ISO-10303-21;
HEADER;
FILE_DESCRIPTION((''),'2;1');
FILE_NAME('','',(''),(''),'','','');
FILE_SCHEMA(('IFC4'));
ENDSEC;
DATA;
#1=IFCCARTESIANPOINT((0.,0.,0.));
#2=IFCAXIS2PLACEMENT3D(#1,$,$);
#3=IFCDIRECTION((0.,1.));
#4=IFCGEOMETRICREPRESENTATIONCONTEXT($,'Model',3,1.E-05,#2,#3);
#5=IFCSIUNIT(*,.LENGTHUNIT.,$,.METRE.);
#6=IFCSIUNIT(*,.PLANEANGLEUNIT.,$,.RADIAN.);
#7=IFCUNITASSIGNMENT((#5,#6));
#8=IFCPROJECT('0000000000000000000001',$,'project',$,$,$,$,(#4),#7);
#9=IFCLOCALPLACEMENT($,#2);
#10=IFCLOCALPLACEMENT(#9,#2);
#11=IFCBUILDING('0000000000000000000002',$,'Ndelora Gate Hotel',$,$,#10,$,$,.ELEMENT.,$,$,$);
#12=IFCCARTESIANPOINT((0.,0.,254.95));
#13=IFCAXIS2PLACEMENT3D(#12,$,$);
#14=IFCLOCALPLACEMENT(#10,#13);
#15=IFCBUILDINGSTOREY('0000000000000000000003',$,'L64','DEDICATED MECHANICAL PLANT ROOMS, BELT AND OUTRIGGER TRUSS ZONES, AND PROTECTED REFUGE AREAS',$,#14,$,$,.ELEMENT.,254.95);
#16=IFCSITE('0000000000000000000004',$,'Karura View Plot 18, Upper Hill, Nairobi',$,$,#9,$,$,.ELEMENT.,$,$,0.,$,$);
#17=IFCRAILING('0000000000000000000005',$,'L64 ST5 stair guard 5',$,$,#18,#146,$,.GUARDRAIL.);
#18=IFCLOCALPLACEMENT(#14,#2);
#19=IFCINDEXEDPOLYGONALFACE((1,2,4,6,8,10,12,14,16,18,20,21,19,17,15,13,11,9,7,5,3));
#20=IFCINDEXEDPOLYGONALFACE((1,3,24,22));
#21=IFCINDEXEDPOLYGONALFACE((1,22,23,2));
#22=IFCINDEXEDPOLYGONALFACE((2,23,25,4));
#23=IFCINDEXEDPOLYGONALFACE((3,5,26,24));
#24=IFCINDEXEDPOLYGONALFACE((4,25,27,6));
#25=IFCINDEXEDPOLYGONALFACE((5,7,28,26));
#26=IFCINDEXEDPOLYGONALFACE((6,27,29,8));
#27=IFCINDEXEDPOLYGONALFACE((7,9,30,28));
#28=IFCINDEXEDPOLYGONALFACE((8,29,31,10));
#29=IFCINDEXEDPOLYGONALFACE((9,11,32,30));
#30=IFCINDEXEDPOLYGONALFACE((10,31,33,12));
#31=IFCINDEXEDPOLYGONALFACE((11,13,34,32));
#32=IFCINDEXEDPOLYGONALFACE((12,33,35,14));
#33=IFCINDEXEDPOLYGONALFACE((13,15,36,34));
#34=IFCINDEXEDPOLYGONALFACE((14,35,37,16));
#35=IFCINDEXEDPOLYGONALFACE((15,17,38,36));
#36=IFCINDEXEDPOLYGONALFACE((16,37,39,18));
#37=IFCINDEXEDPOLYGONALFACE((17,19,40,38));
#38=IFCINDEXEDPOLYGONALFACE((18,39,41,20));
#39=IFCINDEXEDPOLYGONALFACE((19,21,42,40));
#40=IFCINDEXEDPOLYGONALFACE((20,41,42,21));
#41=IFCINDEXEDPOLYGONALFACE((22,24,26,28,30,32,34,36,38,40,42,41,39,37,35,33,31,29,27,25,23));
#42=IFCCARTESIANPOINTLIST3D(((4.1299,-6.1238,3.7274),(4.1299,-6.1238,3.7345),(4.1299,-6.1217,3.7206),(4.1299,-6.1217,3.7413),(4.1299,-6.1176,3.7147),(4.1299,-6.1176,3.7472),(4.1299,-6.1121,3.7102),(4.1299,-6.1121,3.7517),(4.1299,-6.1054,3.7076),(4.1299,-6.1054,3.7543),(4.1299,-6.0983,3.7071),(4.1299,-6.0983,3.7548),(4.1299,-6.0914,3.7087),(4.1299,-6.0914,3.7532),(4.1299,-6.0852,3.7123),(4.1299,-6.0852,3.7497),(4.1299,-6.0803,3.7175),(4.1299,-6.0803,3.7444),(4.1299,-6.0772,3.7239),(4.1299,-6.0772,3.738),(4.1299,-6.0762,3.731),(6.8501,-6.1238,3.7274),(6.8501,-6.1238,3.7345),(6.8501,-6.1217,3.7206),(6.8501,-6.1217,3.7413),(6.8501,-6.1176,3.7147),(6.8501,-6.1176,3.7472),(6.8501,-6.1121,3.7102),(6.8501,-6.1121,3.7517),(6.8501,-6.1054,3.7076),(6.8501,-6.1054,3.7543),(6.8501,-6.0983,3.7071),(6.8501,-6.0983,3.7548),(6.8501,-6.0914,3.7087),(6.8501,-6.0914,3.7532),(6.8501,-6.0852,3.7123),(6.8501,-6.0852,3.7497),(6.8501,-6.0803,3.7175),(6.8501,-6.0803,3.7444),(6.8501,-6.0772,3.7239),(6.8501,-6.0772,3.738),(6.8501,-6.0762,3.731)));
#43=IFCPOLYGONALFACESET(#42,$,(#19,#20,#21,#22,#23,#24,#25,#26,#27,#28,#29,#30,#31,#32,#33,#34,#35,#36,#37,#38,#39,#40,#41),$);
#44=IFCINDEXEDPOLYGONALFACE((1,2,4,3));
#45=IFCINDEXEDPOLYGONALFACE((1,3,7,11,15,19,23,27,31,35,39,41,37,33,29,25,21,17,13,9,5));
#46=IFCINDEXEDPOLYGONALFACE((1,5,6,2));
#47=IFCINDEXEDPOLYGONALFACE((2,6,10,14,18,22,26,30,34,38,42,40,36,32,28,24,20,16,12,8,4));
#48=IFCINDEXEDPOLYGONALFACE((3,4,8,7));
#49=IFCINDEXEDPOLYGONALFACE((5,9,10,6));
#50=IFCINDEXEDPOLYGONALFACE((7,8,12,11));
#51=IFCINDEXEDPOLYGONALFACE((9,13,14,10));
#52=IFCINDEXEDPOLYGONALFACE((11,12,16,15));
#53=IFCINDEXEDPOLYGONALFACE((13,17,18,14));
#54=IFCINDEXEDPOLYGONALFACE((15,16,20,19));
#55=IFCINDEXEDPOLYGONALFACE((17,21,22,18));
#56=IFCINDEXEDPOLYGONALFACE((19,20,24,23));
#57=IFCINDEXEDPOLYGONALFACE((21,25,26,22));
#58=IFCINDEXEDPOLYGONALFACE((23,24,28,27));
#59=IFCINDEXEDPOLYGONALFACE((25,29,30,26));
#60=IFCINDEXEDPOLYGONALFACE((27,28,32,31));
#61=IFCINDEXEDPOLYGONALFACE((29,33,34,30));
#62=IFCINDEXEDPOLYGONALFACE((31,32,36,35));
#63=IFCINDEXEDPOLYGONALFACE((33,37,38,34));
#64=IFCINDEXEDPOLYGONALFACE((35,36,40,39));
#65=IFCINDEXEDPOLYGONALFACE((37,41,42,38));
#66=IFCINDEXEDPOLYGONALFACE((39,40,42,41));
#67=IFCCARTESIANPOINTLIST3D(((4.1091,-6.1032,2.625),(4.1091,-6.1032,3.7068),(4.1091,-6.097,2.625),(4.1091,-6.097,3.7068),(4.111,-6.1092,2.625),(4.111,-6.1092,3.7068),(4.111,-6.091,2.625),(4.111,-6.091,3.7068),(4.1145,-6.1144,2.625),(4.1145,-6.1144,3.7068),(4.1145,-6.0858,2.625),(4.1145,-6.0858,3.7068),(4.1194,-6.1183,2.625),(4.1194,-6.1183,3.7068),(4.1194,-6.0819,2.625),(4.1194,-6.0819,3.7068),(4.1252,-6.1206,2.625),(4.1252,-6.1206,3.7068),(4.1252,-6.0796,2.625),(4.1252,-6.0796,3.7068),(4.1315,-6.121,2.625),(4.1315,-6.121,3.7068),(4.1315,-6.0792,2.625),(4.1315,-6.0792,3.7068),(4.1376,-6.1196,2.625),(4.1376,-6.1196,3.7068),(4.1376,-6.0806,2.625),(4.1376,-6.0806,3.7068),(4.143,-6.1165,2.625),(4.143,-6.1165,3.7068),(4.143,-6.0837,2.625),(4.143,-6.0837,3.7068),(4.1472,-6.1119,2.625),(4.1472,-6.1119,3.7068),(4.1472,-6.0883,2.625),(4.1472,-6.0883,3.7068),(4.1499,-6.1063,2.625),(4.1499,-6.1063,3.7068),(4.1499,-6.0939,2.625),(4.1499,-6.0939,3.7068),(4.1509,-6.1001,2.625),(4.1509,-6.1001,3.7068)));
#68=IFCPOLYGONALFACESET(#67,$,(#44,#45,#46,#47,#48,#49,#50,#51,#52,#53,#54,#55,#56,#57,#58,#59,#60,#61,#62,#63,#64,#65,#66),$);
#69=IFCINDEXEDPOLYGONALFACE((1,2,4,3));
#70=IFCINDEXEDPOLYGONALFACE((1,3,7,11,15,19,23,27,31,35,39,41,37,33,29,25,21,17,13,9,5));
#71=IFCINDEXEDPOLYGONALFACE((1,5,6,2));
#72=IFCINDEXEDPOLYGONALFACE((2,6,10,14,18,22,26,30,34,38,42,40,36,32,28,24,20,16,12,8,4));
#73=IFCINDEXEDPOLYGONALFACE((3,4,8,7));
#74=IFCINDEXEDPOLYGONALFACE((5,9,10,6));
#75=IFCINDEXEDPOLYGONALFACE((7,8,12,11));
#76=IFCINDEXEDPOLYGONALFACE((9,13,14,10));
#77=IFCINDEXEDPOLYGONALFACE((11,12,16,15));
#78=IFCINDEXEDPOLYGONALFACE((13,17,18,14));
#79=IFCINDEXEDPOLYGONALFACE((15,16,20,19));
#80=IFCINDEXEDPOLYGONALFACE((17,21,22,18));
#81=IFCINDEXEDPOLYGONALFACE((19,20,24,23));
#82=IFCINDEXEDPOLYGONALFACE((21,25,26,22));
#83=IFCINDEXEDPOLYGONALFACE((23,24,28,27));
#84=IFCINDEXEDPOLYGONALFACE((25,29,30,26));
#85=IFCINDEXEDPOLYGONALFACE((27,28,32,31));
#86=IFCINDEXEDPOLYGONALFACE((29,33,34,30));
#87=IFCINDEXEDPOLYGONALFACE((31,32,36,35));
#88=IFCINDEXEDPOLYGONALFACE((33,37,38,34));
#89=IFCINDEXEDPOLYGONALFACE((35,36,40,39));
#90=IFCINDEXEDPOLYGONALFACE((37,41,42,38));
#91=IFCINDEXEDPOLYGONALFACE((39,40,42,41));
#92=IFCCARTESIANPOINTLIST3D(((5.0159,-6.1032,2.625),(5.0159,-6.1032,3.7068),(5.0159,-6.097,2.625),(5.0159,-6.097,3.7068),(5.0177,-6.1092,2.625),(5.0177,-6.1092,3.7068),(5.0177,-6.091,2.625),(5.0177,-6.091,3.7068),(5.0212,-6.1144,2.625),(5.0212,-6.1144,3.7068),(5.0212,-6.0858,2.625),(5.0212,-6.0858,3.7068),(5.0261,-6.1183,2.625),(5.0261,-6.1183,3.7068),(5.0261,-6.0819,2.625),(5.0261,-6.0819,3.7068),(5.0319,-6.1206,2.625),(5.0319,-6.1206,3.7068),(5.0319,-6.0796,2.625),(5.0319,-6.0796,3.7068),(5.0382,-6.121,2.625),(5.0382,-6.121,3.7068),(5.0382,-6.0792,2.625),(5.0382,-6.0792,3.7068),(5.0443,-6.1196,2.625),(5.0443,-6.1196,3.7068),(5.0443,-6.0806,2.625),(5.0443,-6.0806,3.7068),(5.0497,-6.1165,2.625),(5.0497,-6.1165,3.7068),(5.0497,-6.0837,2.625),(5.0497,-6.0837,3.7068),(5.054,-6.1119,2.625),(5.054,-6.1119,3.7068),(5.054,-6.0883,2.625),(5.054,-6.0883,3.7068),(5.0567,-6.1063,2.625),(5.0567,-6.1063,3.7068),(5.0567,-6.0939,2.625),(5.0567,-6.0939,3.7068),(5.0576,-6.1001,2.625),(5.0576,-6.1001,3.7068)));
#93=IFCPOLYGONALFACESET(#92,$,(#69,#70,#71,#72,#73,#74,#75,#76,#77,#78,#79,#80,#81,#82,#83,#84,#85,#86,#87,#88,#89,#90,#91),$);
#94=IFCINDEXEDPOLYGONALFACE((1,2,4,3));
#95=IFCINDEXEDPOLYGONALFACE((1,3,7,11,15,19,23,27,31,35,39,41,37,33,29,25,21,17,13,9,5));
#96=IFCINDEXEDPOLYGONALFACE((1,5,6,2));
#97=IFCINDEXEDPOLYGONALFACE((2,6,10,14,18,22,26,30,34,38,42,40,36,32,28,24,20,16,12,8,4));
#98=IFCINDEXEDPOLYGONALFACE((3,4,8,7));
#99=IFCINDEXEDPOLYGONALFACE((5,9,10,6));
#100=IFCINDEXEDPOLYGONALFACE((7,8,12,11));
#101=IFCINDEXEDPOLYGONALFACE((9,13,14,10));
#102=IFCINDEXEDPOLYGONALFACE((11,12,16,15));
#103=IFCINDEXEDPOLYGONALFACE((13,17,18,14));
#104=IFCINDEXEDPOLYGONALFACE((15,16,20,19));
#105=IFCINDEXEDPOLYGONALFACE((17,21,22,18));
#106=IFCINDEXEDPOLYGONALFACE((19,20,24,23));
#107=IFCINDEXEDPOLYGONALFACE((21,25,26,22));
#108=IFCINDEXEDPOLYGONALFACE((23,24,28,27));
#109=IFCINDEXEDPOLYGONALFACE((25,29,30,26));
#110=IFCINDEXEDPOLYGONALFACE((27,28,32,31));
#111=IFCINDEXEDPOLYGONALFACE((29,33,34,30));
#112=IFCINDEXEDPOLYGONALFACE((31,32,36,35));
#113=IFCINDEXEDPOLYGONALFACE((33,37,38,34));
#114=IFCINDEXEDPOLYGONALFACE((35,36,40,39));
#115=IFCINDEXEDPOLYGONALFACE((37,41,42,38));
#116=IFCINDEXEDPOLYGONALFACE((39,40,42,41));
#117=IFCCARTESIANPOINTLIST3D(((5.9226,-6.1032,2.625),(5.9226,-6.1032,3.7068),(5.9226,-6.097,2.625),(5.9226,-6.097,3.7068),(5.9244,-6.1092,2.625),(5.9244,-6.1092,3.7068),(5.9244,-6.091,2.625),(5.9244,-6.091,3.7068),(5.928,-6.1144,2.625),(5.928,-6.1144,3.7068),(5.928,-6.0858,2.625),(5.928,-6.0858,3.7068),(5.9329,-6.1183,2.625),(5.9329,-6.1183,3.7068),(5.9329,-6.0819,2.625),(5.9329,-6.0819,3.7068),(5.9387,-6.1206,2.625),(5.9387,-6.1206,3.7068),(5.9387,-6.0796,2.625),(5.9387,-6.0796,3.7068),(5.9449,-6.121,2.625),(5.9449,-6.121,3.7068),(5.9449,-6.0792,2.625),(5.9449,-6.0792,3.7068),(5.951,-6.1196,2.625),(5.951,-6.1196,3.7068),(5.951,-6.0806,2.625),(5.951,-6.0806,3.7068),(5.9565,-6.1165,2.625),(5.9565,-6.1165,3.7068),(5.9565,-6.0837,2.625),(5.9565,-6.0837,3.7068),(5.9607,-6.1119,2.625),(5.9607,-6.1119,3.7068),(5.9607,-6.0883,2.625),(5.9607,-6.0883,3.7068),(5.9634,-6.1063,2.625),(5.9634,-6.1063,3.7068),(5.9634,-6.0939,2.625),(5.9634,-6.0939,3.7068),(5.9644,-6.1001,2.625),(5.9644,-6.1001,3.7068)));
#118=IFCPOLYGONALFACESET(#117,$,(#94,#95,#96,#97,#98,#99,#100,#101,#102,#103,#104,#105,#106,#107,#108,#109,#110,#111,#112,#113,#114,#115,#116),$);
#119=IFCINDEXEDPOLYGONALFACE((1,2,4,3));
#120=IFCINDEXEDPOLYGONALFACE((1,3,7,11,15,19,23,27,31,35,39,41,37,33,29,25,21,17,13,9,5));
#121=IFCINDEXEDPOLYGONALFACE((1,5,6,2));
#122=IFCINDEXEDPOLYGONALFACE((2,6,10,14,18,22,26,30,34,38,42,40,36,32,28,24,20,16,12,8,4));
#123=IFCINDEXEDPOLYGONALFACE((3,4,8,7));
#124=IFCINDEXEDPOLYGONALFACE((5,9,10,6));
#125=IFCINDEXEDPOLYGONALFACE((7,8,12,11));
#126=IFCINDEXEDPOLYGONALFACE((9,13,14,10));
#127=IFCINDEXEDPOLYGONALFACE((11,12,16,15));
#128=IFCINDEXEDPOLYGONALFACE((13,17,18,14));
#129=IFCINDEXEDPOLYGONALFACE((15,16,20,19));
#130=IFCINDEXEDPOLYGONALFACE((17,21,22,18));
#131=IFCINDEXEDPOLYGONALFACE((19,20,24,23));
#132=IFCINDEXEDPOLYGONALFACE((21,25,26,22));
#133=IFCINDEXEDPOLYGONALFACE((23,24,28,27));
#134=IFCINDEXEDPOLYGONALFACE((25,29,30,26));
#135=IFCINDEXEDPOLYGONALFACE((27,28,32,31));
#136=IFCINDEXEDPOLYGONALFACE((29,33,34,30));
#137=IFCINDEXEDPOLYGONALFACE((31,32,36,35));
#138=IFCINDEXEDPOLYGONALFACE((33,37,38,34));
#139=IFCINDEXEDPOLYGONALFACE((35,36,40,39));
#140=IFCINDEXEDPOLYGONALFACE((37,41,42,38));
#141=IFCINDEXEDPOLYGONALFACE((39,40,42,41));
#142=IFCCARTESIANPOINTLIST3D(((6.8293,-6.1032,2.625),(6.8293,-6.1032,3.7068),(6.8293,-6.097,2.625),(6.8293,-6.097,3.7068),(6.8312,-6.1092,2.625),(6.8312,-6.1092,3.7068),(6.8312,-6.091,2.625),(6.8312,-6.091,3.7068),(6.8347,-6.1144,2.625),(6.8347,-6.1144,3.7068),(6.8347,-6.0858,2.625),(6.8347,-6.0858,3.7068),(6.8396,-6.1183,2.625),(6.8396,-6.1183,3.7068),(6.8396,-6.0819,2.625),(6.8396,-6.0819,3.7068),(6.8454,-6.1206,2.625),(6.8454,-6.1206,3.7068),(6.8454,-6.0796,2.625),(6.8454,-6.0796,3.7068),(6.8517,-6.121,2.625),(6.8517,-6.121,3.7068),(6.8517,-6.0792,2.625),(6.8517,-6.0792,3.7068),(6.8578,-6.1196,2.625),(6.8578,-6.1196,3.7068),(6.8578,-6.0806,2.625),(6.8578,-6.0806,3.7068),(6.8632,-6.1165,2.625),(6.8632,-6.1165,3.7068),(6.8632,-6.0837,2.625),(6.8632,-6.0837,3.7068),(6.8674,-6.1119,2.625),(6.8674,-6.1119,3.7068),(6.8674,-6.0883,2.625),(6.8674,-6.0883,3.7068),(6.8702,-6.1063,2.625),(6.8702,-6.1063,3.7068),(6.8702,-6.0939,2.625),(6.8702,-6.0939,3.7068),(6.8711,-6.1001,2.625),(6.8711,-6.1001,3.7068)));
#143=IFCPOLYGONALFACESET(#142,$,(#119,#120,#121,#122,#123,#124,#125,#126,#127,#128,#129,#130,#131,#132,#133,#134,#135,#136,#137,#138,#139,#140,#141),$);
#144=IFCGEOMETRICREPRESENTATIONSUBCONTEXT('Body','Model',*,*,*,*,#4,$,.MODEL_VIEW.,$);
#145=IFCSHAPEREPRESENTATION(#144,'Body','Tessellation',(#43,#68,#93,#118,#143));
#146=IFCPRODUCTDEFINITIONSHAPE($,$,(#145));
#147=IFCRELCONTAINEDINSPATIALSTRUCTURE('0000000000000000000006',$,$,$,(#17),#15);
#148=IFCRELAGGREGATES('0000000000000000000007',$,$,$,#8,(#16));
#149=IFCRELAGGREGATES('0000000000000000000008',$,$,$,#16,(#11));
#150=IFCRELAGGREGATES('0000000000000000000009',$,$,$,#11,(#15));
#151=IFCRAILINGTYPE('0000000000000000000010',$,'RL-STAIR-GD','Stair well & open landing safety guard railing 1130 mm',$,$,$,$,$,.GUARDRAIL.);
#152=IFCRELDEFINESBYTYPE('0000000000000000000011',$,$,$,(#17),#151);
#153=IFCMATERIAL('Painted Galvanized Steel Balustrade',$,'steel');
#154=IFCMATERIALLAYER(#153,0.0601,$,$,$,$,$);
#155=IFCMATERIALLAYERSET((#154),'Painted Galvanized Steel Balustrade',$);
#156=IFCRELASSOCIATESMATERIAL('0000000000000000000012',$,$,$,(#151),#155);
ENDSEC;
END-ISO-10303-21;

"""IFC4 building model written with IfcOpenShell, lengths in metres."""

from ifc_helpers import new_model, si_unit, direction, frame, origin, origin_2d, place, context, subcontext, project, spatial, circle, extrude, material, layer, layer_set, type_object, element, save


model = new_model("IFC4")

# Units and contexts
model_context = context("Model", 3, precision=1e-05, world=origin(), true_north=direction((0.0, 1.0)))
body_context = subcontext(model_context, "Body", "Model", "MODEL_VIEW")
ifc_project = project(units=[si_unit("LENGTHUNIT", "METRE"), si_unit("PLANEANGLEUNIT", "RADIAN")], contexts=[model_context])

# Site, building, storey
site_placement = place(None, origin())
site = spatial("IfcSite", under=ifc_project, at=site_placement, Name="Karura View Plot 18, Upper Hill, Nairobi", CompositionType="ELEMENT", RefElevation=0.0)
building_placement = place(site_placement, origin())
building = spatial("IfcBuilding", under=site, at=building_placement, Name="Ndelora Gate Hotel", CompositionType="ELEMENT")
storey_placement = place(building_placement, frame((0.0, 0.0, 254.95)))
storey = spatial("IfcBuildingStorey", under=building, at=storey_placement, Name="L64", Description="DEDICATED MECHANICAL PLANT ROOMS, BELT AND OUTRIGGER TRUSS ZONES, AND PROTECTED REFUGE AREAS", CompositionType="ELEMENT", Elevation=254.95)

# Railing
ifc_material_1 = material(Name="Painted Galvanized Steel Balustrade", Category="steel")
ifc_layer_1 = layer(ifc_material_1, 0.0601)
ifc_layer_set_1 = layer_set([ifc_layer_1], Name="Painted Galvanized Steel Balustrade")
railing_type_1 = type_object("IfcRailingType", Name="RL-STAIR-GD", Description="Stair well & open landing safety guard railing 1130 mm", PredefinedType="GUARDRAIL", material=ifc_layer_set_1)
railing_1_placement = place(storey_placement, frame((4.1299, -6.1001, 2.625)))
element("IfcRailing", 1, at=railing_1_placement, inside=storey, type_object=railing_type_1, Name="L64 ST5 stair guard 5", PredefinedType="GUARDRAIL", context=body_context, shape_type="SweptSolid", body=[
    extrude(circle(Radius=0.0239, at=origin_2d()), frame((0.0, 0.0, 1.106), z_axis=(1.0, 0.0, 0.0), x_axis=(0.0, 1.0, 0.0)), (0.0, 0.0, 1.0), 2.7202),
    extrude(circle(Radius=0.021, at=origin_2d()), origin(), (0.0, 0.0, 1.0), 1.0818),
    extrude(circle(Radius=0.021, at=origin_2d()), frame((0.9067, 0.0, 0.0)), (0.0, 0.0, 1.0), 1.0818),
    extrude(circle(Radius=0.021, at=origin_2d()), frame((1.8135, 0.0, 0.0)), (0.0, 0.0, 1.0), 1.0818),
    extrude(circle(Radius=0.021, at=origin_2d()), frame((2.7202, 0.0, 0.0)), (0.0, 0.0, 1.0), 1.0818),
])

save(model, "model.ifc")
